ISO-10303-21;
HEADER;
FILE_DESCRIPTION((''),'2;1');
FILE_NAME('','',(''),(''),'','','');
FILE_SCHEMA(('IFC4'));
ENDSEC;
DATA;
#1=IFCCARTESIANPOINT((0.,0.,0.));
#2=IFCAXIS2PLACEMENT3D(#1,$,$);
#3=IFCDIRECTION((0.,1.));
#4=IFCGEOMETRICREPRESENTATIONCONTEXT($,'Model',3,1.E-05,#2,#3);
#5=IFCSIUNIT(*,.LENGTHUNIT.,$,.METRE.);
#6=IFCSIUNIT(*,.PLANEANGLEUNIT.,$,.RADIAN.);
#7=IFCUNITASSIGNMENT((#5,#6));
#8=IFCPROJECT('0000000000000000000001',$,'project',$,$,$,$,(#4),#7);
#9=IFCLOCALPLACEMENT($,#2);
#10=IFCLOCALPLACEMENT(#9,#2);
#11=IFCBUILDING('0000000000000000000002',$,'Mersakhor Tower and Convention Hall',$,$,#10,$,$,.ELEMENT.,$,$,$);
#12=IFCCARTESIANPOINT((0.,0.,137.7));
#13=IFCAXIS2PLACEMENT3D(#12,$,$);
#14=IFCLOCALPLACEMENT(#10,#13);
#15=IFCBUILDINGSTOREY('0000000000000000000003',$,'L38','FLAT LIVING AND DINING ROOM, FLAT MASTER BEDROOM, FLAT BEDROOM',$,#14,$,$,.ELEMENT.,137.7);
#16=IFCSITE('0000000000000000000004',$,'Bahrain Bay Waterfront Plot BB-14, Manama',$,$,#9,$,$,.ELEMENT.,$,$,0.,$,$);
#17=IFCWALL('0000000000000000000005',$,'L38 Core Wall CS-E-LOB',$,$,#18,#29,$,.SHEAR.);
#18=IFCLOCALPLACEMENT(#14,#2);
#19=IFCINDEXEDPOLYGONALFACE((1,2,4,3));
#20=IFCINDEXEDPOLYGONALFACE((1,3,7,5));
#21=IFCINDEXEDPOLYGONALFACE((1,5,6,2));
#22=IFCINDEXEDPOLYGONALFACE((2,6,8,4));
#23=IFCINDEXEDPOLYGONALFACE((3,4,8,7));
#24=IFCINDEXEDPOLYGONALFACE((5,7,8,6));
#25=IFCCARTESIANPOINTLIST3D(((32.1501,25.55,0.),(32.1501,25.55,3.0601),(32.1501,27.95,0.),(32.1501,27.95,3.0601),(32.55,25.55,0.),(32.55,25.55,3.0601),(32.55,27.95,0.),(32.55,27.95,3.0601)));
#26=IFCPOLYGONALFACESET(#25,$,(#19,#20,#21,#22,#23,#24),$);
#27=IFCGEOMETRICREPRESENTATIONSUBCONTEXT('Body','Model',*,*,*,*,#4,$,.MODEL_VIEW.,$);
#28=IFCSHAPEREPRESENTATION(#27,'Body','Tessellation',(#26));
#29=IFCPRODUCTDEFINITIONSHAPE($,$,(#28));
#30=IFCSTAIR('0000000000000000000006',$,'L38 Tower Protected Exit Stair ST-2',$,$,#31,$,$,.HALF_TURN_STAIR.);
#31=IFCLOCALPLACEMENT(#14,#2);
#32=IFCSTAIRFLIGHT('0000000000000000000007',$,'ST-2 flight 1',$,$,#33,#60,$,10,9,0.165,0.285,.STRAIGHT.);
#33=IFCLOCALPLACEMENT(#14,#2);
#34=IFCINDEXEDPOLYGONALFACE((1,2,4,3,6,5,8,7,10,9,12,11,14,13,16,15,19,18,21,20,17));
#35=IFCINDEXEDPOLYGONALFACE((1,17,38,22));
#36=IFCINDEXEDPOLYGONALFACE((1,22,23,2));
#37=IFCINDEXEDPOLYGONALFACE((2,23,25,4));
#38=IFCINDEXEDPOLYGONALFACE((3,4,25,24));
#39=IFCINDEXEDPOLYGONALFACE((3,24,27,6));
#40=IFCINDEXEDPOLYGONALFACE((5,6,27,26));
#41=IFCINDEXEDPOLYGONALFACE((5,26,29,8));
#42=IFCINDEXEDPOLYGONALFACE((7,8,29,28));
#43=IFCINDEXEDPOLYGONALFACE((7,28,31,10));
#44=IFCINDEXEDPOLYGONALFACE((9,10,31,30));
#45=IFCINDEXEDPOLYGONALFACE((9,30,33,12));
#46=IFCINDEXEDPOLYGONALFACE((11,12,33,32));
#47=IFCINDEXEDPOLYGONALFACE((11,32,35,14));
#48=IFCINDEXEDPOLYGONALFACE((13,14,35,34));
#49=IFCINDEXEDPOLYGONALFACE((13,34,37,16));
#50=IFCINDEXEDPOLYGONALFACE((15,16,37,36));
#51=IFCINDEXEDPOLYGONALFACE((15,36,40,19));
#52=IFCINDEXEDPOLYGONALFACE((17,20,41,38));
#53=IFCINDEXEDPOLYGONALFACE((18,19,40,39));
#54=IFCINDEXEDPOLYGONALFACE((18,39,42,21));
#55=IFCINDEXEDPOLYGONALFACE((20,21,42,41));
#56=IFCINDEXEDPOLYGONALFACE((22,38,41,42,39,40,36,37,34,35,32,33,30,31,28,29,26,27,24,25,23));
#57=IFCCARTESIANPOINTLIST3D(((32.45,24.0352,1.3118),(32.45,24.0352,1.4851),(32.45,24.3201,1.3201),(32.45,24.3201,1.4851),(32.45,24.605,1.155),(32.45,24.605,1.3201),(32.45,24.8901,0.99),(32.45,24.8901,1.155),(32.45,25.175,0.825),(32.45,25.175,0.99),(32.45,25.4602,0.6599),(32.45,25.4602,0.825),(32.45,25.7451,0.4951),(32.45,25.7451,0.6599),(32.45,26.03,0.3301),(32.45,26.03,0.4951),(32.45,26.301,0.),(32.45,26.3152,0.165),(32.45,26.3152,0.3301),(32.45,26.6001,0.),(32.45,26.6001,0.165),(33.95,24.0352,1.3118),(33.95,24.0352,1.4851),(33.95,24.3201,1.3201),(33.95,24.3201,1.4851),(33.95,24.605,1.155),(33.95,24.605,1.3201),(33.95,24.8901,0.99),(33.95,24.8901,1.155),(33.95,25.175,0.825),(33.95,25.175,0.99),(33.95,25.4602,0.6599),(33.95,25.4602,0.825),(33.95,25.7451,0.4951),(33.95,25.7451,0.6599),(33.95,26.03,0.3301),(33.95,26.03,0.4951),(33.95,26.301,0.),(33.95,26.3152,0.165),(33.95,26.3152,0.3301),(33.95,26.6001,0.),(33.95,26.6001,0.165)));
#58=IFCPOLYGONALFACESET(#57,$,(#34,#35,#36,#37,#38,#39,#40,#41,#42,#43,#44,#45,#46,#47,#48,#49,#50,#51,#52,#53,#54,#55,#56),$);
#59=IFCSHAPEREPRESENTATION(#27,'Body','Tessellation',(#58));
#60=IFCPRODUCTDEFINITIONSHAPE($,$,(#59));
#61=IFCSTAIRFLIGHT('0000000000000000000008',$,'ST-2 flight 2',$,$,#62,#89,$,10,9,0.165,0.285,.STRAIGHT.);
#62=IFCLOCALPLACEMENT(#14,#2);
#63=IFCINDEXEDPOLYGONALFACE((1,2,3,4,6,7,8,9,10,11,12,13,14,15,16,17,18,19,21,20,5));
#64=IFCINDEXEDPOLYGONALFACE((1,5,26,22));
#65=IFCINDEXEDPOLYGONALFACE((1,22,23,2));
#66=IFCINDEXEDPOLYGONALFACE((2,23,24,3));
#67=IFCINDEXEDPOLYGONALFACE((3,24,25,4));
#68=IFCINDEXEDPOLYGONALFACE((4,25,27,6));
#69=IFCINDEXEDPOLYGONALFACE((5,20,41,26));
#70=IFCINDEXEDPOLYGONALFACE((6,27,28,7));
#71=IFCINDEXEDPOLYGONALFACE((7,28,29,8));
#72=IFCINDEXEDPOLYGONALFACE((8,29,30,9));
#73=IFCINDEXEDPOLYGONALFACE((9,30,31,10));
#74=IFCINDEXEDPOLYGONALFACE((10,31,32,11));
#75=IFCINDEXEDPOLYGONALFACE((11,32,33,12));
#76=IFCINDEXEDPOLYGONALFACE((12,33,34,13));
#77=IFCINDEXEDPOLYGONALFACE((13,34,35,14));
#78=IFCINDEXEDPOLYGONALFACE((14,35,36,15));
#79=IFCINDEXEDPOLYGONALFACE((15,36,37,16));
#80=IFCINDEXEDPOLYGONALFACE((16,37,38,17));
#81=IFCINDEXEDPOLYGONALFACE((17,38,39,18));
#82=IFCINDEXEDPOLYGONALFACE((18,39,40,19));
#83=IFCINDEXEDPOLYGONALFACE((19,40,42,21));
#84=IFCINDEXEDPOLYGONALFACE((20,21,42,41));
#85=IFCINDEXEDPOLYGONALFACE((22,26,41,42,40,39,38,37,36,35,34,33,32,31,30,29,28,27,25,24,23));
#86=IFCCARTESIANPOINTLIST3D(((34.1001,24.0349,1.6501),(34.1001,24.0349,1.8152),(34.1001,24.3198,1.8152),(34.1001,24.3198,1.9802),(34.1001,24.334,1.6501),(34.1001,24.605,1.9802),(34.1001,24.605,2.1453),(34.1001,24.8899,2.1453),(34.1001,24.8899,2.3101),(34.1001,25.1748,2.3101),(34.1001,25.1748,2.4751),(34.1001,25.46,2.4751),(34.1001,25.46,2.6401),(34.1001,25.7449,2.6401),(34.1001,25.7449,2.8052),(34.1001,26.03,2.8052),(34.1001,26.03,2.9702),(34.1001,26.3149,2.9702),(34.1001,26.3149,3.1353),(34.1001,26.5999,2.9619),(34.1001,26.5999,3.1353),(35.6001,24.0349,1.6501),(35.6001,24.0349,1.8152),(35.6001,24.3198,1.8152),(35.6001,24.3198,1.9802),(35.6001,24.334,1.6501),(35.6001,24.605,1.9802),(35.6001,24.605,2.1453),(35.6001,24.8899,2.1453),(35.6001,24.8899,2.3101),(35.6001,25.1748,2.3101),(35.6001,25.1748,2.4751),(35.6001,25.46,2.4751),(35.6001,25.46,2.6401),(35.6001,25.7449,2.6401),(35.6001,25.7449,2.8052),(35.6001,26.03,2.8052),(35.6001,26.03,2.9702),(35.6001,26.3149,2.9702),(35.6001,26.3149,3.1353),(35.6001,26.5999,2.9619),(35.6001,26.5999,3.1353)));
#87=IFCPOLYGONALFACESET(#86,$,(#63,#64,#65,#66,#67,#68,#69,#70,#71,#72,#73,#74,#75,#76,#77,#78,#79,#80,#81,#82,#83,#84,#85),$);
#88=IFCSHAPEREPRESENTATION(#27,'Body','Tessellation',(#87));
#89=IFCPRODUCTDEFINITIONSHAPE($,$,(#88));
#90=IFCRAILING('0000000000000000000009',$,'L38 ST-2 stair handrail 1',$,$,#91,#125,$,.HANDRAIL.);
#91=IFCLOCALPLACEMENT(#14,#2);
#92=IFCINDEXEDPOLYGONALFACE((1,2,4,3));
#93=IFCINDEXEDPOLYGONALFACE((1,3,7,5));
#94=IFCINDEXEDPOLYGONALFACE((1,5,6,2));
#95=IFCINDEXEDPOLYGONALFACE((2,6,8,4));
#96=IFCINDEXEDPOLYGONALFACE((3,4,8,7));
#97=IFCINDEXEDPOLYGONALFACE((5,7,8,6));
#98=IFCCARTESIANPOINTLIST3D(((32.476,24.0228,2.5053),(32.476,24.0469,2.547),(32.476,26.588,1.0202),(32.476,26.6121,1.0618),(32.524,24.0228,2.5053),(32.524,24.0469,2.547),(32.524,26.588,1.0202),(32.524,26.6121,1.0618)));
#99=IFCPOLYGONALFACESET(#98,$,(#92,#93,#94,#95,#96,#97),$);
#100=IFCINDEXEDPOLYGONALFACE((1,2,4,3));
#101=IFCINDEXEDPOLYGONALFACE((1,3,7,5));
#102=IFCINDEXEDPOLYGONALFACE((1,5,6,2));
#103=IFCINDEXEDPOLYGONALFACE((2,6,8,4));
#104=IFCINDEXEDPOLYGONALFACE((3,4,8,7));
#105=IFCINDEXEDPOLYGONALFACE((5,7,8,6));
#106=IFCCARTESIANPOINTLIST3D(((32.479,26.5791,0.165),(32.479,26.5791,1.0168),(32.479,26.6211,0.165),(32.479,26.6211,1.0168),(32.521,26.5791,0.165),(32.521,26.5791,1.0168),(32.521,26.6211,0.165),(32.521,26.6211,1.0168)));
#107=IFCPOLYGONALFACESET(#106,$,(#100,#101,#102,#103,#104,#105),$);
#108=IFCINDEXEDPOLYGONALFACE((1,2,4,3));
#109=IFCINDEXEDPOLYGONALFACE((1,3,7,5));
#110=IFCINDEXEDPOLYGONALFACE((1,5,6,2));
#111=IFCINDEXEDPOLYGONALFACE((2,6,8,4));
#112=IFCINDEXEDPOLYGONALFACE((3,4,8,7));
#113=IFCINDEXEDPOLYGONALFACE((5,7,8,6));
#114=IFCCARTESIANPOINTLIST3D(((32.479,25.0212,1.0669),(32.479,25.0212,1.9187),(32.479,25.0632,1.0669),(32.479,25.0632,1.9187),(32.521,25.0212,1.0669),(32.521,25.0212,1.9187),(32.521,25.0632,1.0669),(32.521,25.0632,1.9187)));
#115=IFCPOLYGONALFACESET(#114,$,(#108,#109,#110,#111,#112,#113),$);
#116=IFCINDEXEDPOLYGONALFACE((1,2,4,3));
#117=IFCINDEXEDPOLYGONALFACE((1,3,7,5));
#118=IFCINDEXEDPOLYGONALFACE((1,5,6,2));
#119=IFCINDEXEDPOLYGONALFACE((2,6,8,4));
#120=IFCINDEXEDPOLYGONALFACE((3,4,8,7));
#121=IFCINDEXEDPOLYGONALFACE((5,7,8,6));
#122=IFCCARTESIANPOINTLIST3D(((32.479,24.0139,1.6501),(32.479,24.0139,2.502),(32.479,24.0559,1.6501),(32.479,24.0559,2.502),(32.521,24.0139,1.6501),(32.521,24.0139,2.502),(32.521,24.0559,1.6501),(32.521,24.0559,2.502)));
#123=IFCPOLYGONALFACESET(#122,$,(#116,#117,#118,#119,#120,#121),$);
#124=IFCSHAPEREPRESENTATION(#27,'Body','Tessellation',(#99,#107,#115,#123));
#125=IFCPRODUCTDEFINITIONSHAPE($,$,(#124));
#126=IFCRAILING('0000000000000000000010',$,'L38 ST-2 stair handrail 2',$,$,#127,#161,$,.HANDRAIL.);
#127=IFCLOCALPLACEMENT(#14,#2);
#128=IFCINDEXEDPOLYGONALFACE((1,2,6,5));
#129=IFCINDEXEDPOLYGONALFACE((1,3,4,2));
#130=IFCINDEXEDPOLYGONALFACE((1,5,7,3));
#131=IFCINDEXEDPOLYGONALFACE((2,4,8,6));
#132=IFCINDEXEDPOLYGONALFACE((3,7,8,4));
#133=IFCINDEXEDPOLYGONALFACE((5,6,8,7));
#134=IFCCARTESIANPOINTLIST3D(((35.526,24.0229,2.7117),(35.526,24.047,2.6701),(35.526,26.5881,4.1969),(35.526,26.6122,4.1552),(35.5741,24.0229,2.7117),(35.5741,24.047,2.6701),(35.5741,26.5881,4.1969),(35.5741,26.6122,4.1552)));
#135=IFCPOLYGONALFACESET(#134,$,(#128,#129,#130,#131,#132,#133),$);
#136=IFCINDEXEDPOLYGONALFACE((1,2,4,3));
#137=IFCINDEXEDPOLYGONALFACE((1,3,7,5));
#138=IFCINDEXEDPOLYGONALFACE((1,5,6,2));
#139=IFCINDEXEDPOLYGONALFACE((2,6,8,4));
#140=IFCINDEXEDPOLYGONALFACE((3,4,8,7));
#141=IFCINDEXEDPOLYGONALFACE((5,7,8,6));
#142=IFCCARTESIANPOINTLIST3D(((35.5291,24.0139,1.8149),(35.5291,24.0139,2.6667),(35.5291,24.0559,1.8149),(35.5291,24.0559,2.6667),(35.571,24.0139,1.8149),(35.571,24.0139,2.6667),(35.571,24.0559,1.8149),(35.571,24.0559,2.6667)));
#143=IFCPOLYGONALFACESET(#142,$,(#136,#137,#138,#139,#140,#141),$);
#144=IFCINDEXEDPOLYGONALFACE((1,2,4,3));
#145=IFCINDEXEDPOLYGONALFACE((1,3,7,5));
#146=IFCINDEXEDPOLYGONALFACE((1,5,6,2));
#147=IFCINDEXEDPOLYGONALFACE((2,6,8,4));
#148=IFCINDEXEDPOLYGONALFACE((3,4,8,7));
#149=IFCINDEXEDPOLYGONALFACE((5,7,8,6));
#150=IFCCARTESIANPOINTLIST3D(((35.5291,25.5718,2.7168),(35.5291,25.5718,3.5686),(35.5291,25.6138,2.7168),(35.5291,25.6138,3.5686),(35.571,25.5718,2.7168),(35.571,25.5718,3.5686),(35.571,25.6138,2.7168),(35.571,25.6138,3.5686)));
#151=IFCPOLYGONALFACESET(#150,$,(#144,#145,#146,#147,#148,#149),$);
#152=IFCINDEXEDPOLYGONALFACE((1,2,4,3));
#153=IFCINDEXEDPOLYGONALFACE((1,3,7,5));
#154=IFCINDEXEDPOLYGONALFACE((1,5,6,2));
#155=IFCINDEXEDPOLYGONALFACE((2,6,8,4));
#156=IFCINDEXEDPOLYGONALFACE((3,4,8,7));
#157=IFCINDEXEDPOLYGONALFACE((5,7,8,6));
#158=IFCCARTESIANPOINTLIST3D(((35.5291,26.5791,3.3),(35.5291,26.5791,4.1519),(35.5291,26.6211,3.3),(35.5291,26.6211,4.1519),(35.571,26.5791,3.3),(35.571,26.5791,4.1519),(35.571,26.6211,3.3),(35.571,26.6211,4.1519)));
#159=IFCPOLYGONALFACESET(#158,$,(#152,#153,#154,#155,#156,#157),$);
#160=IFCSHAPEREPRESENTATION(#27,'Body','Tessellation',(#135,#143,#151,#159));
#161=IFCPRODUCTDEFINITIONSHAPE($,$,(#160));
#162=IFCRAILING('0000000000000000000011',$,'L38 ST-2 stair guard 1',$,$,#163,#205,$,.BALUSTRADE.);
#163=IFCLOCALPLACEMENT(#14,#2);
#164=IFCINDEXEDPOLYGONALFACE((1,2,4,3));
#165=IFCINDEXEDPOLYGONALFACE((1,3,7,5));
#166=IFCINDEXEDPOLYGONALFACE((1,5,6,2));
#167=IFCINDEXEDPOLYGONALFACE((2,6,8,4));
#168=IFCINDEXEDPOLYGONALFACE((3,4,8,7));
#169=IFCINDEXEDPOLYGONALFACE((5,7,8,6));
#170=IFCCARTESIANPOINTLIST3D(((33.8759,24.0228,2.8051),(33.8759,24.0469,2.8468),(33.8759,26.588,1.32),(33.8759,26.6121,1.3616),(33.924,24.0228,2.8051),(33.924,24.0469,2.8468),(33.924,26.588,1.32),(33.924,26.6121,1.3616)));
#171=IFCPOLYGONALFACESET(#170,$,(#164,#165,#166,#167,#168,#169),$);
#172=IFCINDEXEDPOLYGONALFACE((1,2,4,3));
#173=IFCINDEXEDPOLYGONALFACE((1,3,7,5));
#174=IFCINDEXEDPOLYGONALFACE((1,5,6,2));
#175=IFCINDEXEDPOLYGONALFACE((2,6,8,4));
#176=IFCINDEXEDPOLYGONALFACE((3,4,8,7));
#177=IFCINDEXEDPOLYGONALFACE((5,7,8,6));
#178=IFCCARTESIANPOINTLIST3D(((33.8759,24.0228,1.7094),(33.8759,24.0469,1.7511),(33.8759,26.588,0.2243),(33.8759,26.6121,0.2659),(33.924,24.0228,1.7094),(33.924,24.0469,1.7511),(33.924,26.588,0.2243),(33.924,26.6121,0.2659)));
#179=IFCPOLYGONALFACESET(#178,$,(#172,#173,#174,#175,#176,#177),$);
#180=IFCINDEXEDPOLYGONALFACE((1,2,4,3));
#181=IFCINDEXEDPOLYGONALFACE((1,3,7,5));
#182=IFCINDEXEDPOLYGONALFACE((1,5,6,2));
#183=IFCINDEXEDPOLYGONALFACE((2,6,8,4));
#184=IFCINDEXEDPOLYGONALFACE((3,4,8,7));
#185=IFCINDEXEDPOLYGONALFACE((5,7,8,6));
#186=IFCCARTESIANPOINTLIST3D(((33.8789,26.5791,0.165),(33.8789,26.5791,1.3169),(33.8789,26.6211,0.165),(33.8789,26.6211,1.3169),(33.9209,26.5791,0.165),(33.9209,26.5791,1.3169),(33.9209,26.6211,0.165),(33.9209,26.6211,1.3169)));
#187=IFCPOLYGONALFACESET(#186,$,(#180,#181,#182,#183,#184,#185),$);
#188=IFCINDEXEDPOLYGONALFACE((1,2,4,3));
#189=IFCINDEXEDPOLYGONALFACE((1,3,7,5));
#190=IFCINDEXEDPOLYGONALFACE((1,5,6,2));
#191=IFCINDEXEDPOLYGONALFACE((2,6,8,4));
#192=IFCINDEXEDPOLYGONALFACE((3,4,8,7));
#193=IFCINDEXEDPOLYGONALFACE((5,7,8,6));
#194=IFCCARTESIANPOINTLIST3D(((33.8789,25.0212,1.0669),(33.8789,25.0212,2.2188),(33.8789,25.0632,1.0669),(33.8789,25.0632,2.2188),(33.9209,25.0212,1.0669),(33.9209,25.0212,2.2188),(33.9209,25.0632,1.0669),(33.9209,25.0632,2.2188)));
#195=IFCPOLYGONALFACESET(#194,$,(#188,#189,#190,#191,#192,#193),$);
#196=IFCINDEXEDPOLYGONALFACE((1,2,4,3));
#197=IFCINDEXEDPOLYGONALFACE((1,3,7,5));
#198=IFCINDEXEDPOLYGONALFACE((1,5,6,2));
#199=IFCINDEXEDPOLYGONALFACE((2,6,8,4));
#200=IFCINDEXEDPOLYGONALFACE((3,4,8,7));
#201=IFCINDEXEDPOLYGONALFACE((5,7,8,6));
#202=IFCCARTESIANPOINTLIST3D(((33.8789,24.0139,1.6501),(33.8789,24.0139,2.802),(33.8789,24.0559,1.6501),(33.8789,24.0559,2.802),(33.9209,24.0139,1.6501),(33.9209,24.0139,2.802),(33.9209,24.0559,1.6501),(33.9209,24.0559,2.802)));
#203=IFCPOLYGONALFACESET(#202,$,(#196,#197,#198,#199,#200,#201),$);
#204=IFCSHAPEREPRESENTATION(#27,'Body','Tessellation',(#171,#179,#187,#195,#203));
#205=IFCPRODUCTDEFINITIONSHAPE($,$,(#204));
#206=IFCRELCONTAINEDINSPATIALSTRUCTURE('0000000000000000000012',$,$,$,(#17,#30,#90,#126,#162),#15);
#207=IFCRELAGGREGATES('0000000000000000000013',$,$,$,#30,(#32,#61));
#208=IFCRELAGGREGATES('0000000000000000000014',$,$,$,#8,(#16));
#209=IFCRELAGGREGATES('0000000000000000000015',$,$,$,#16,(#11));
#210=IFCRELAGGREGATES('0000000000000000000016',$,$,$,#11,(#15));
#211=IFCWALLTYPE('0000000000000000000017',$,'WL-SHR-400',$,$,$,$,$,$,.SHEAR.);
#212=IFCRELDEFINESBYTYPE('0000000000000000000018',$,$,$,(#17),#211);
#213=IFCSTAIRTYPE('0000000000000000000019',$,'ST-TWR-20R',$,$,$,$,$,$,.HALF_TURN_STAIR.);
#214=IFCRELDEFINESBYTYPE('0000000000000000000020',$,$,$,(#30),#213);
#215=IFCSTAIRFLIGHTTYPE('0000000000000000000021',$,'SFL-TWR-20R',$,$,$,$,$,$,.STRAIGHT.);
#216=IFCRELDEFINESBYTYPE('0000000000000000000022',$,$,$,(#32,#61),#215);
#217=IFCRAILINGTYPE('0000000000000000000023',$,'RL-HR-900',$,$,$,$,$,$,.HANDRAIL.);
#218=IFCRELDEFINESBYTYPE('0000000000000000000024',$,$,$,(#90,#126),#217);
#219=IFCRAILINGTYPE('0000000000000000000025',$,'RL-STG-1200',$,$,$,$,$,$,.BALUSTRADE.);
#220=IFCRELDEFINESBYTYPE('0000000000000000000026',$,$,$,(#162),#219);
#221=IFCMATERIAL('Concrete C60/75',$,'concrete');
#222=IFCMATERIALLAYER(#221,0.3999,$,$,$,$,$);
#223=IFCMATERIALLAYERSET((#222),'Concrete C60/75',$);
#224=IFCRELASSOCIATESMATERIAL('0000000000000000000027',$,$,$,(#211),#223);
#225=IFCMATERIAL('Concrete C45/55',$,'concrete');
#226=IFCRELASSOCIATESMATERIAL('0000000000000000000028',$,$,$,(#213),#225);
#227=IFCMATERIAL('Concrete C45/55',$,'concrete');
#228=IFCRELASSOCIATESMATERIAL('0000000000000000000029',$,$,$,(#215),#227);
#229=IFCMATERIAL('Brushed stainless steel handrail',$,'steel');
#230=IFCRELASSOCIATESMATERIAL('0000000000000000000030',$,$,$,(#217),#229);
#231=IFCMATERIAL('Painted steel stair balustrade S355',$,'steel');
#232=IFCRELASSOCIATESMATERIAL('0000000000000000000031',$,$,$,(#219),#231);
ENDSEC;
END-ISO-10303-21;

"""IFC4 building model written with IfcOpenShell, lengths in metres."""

from ifc_helpers import new_model, si_unit, direction, frame, frame_2d, origin, origin_2d, place, context, subcontext, project, spatial, polyline, rectangle, outline, extrude, material, layer, layer_set, type_object, element, aggregate, save


model = new_model("IFC4")

# Units and contexts
model_context = context("Model", 3, precision=1e-05, world=origin(), true_north=direction((0.0, 1.0)))
body_context = subcontext(model_context, "Body", "Model", "MODEL_VIEW")
ifc_project = project(units=[si_unit("LENGTHUNIT", "METRE"), si_unit("PLANEANGLEUNIT", "RADIAN")], contexts=[model_context])

# Site, building, storey
site_placement = place(None, origin())
site = spatial("IfcSite", under=ifc_project, at=site_placement, Name="Bahrain Bay Waterfront Plot BB-14, Manama", CompositionType="ELEMENT", RefElevation=0.0)
building_placement = place(site_placement, origin())
building = spatial("IfcBuilding", under=site, at=building_placement, Name="Mersakhor Tower and Convention Hall", CompositionType="ELEMENT")
storey_placement = place(building_placement, frame((0.0, 0.0, 137.7)))
storey = spatial("IfcBuildingStorey", under=building, at=storey_placement, Name="L38", Description="FLAT LIVING AND DINING ROOM, FLAT MASTER BEDROOM, FLAT BEDROOM", CompositionType="ELEMENT", Elevation=137.7)

# Shared definitions
ifc_material_1 = material(Name="Concrete C60/75", Category="concrete")
ifc_layer_1 = layer(ifc_material_1, 0.3999)
ifc_layer_set_1 = layer_set([ifc_layer_1], Name="Concrete C60/75")
wall_type_1 = type_object("IfcWallType", Name="WL-SHR-400", PredefinedType="SHEAR", material=ifc_layer_set_1)

# Wall
wall_1_placement = place(storey_placement, frame((32.3501, 25.55, 0.0), z_axis=(0.0, 0.0, 1.0), x_axis=(0.0, 1.0, 0.0)))
element("IfcWall", 1, at=wall_1_placement, inside=storey, type_object=wall_type_1, Name="L38 Core Wall CS-E-LOB", PredefinedType="SHEAR", context=body_context, shape_type="SweptSolid", body=[
    extrude(rectangle(XDim=2.3999, YDim=0.3999, at=frame_2d((1.2, 0.0))), origin(), (0.0, 0.0, 1.0), 3.0601),
])

# Stair, stair flights
ifc_material_2 = material(Name="Concrete C45/55", Category="concrete")
stair_type = type_object("IfcStairType", Name="ST-TWR-20R", PredefinedType="HALF_TURN_STAIR", material=ifc_material_2)
stair_placement = place(storey_placement, origin())
stair = element("IfcStair", 2, at=stair_placement, inside=storey, type_object=stair_type, Name="L38 Tower Protected Exit Stair ST-2", PredefinedType="HALF_TURN_STAIR")
ifc_material_3 = material(Name="Concrete C45/55", Category="concrete")
stair_flight_type = type_object("IfcStairFlightType", Name="SFL-TWR-20R", PredefinedType="STRAIGHT", material=ifc_material_3)
stair_flight_1_placement = place(storey_placement, frame((33.2, 26.6001, 0.0), z_axis=(0.0, 0.0, 1.0), x_axis=(0.0, -1.0, 0.0)))
stair_flight_1 = element("IfcStairFlight", 3, at=stair_flight_1_placement, type_object=stair_flight_type, Name="ST-2 flight 1", NumberOfRisers=10, NumberOfTreads=9, PredefinedType="STRAIGHT", RiserHeight=0.165, TreadLength=0.285, context=body_context, shape_type="SweptSolid", body=[
    extrude(outline(polyline([(0.0, 0.0), (0.0, 0.165), (0.2849, 0.165), (0.2849, 0.3301), (0.5701, 0.3301), (0.5701, 0.4951), (0.855, 0.4951), (0.855, 0.6599), (1.1399, 0.6599), (1.1399, 0.825), (1.425, 0.825), (1.425, 0.99), (1.71, 0.99), (1.71, 1.155), (1.9951, 1.155), (1.9951, 1.3201), (2.28, 1.3201), (2.28, 1.4851), (2.5649, 1.4851), (2.5649, 1.6499), (2.5649, 1.3118), (0.2991, 0.0), (0.0, 0.0)])), frame((0.0, 0.75, 0.0), z_axis=(0.0, -1.0, 0.0), x_axis=(1.0, 0.0, 0.0)), (0.0, 0.0, 1.0), 1.5),
])
stair_flight_2_placement = place(storey_placement, frame((34.8501, 24.0349, 1.6501), z_axis=(0.0, 0.0, 1.0), x_axis=(0.0, 1.0, 0.0)))
stair_flight_2 = element("IfcStairFlight", 4, at=stair_flight_2_placement, type_object=stair_flight_type, Name="ST-2 flight 2", NumberOfRisers=10, NumberOfTreads=9, PredefinedType="STRAIGHT", RiserHeight=0.165, TreadLength=0.285, context=body_context, shape_type="SweptSolid", body=[
    extrude(outline(polyline([(0.0, 0.0), (0.0, 0.165), (0.2849, 0.165), (0.2849, 0.3301), (0.5701, 0.3301), (0.5701, 0.4951), (0.855, 0.4951), (0.855, 0.6599), (1.1399, 0.6599), (1.1399, 0.825), (1.425, 0.825), (1.425, 0.99), (1.71, 0.99), (1.71, 1.155), (1.9951, 1.155), (1.9951, 1.3201), (2.28, 1.3201), (2.28, 1.4851), (2.5649, 1.4851), (2.5649, 1.6499), (2.5649, 1.3118), (0.2991, 0.0), (0.0, 0.0)])), frame((0.0, 0.75, 0.0), z_axis=(0.0, -1.0, 0.0), x_axis=(1.0, 0.0, 0.0)), (0.0, 0.0, 1.0), 1.5),
])
aggregate(stair, [stair_flight_1, stair_flight_2])

# Railings
ifc_material_4 = material(Name="Brushed stainless steel handrail", Category="steel")
railing_type_1 = type_object("IfcRailingType", Name="RL-HR-900", PredefinedType="HANDRAIL", material=ifc_material_4)
railing_1_placement = place(storey_placement, frame((32.5, 26.6001, 0.165)))
element("IfcRailing", 5, at=railing_1_placement, inside=storey, type_object=railing_type_1, Name="L38 ST-2 stair handrail 1", PredefinedType="HANDRAIL", context=body_context, shape_type="SweptSolid", body=[
    extrude(rectangle(XDim=0.0481, YDim=0.0481, at=origin_2d()), frame((0.0, 0.0, 0.876), z_axis=(0.0, -0.865426, 0.501036), x_axis=(1.0, 0.0, 0.0)), (0.0, 0.0, 1.0), 2.9641),
    extrude(rectangle(XDim=0.042, YDim=0.042, at=origin_2d()), origin(), (0.0, 0.0, 1.0), 0.8518),
    extrude(rectangle(XDim=0.042, YDim=0.042, at=origin_2d()), frame((0.0, -1.5579, 0.9019)), (0.0, 0.0, 1.0), 0.8518),
    extrude(rectangle(XDim=0.042, YDim=0.042, at=origin_2d()), frame((0.0, -2.5652, 1.4851)), (0.0, 0.0, 1.0), 0.8518),
])
railing_2_placement = place(storey_placement, frame((35.55, 24.0349, 1.8149)))
element("IfcRailing", 6, at=railing_2_placement, inside=storey, type_object=railing_type_1, Name="L38 ST-2 stair handrail 2", PredefinedType="HANDRAIL", context=body_context, shape_type="SweptSolid", body=[
    extrude(rectangle(XDim=0.0481, YDim=0.0481, at=origin_2d()), frame((0.0, 0.0, 0.876), z_axis=(0.0, 0.865426, 0.501036), x_axis=(-1.0, 0.0, 0.0)), (0.0, 0.0, 1.0), 2.9641),
    extrude(rectangle(XDim=0.042, YDim=0.042, at=origin_2d()), origin(), (0.0, 0.0, 1.0), 0.8518),
    extrude(rectangle(XDim=0.042, YDim=0.042, at=origin_2d()), frame((0.0, 1.5579, 0.9019)), (0.0, 0.0, 1.0), 0.8518),
    extrude(rectangle(XDim=0.042, YDim=0.042, at=origin_2d()), frame((0.0, 2.5652, 1.4851)), (0.0, 0.0, 1.0), 0.8518),
])
ifc_material_5 = material(Name="Painted steel stair balustrade S355", Category="steel")
railing_type_2 = type_object("IfcRailingType", Name="RL-STG-1200", PredefinedType="BALUSTRADE", material=ifc_material_5)
railing_3_placement = place(storey_placement, frame((33.8999, 26.6001, 0.165)))
element("IfcRailing", 7, at=railing_3_placement, inside=storey, type_object=railing_type_2, Name="L38 ST-2 stair guard 1", PredefinedType="BALUSTRADE", context=body_context, shape_type="SweptSolid", body=[
    extrude(rectangle(XDim=0.0481, YDim=0.0481, at=origin_2d()), frame((0.0, 0.0, 1.1758), z_axis=(0.0, -0.865426, 0.501036), x_axis=(1.0, 0.0, 0.0)), (0.0, 0.0, 1.0), 2.9641),
    extrude(rectangle(XDim=0.0481, YDim=0.0481, at=origin_2d()), frame((0.0, 0.0, 0.0801), z_axis=(0.0, -0.865426, 0.501036), x_axis=(1.0, 0.0, 0.0)), (0.0, 0.0, 1.0), 2.9641),
    extrude(rectangle(XDim=0.042, YDim=0.042, at=origin_2d()), origin(), (0.0, 0.0, 1.0), 1.1519),
    extrude(rectangle(XDim=0.042, YDim=0.042, at=origin_2d()), frame((0.0, -1.5579, 0.9019)), (0.0, 0.0, 1.0), 1.1519),
    extrude(rectangle(XDim=0.042, YDim=0.042, at=origin_2d()), frame((0.0, -2.5652, 1.4851)), (0.0, 0.0, 1.0), 1.1519),
])

save(model, "model.ifc")
